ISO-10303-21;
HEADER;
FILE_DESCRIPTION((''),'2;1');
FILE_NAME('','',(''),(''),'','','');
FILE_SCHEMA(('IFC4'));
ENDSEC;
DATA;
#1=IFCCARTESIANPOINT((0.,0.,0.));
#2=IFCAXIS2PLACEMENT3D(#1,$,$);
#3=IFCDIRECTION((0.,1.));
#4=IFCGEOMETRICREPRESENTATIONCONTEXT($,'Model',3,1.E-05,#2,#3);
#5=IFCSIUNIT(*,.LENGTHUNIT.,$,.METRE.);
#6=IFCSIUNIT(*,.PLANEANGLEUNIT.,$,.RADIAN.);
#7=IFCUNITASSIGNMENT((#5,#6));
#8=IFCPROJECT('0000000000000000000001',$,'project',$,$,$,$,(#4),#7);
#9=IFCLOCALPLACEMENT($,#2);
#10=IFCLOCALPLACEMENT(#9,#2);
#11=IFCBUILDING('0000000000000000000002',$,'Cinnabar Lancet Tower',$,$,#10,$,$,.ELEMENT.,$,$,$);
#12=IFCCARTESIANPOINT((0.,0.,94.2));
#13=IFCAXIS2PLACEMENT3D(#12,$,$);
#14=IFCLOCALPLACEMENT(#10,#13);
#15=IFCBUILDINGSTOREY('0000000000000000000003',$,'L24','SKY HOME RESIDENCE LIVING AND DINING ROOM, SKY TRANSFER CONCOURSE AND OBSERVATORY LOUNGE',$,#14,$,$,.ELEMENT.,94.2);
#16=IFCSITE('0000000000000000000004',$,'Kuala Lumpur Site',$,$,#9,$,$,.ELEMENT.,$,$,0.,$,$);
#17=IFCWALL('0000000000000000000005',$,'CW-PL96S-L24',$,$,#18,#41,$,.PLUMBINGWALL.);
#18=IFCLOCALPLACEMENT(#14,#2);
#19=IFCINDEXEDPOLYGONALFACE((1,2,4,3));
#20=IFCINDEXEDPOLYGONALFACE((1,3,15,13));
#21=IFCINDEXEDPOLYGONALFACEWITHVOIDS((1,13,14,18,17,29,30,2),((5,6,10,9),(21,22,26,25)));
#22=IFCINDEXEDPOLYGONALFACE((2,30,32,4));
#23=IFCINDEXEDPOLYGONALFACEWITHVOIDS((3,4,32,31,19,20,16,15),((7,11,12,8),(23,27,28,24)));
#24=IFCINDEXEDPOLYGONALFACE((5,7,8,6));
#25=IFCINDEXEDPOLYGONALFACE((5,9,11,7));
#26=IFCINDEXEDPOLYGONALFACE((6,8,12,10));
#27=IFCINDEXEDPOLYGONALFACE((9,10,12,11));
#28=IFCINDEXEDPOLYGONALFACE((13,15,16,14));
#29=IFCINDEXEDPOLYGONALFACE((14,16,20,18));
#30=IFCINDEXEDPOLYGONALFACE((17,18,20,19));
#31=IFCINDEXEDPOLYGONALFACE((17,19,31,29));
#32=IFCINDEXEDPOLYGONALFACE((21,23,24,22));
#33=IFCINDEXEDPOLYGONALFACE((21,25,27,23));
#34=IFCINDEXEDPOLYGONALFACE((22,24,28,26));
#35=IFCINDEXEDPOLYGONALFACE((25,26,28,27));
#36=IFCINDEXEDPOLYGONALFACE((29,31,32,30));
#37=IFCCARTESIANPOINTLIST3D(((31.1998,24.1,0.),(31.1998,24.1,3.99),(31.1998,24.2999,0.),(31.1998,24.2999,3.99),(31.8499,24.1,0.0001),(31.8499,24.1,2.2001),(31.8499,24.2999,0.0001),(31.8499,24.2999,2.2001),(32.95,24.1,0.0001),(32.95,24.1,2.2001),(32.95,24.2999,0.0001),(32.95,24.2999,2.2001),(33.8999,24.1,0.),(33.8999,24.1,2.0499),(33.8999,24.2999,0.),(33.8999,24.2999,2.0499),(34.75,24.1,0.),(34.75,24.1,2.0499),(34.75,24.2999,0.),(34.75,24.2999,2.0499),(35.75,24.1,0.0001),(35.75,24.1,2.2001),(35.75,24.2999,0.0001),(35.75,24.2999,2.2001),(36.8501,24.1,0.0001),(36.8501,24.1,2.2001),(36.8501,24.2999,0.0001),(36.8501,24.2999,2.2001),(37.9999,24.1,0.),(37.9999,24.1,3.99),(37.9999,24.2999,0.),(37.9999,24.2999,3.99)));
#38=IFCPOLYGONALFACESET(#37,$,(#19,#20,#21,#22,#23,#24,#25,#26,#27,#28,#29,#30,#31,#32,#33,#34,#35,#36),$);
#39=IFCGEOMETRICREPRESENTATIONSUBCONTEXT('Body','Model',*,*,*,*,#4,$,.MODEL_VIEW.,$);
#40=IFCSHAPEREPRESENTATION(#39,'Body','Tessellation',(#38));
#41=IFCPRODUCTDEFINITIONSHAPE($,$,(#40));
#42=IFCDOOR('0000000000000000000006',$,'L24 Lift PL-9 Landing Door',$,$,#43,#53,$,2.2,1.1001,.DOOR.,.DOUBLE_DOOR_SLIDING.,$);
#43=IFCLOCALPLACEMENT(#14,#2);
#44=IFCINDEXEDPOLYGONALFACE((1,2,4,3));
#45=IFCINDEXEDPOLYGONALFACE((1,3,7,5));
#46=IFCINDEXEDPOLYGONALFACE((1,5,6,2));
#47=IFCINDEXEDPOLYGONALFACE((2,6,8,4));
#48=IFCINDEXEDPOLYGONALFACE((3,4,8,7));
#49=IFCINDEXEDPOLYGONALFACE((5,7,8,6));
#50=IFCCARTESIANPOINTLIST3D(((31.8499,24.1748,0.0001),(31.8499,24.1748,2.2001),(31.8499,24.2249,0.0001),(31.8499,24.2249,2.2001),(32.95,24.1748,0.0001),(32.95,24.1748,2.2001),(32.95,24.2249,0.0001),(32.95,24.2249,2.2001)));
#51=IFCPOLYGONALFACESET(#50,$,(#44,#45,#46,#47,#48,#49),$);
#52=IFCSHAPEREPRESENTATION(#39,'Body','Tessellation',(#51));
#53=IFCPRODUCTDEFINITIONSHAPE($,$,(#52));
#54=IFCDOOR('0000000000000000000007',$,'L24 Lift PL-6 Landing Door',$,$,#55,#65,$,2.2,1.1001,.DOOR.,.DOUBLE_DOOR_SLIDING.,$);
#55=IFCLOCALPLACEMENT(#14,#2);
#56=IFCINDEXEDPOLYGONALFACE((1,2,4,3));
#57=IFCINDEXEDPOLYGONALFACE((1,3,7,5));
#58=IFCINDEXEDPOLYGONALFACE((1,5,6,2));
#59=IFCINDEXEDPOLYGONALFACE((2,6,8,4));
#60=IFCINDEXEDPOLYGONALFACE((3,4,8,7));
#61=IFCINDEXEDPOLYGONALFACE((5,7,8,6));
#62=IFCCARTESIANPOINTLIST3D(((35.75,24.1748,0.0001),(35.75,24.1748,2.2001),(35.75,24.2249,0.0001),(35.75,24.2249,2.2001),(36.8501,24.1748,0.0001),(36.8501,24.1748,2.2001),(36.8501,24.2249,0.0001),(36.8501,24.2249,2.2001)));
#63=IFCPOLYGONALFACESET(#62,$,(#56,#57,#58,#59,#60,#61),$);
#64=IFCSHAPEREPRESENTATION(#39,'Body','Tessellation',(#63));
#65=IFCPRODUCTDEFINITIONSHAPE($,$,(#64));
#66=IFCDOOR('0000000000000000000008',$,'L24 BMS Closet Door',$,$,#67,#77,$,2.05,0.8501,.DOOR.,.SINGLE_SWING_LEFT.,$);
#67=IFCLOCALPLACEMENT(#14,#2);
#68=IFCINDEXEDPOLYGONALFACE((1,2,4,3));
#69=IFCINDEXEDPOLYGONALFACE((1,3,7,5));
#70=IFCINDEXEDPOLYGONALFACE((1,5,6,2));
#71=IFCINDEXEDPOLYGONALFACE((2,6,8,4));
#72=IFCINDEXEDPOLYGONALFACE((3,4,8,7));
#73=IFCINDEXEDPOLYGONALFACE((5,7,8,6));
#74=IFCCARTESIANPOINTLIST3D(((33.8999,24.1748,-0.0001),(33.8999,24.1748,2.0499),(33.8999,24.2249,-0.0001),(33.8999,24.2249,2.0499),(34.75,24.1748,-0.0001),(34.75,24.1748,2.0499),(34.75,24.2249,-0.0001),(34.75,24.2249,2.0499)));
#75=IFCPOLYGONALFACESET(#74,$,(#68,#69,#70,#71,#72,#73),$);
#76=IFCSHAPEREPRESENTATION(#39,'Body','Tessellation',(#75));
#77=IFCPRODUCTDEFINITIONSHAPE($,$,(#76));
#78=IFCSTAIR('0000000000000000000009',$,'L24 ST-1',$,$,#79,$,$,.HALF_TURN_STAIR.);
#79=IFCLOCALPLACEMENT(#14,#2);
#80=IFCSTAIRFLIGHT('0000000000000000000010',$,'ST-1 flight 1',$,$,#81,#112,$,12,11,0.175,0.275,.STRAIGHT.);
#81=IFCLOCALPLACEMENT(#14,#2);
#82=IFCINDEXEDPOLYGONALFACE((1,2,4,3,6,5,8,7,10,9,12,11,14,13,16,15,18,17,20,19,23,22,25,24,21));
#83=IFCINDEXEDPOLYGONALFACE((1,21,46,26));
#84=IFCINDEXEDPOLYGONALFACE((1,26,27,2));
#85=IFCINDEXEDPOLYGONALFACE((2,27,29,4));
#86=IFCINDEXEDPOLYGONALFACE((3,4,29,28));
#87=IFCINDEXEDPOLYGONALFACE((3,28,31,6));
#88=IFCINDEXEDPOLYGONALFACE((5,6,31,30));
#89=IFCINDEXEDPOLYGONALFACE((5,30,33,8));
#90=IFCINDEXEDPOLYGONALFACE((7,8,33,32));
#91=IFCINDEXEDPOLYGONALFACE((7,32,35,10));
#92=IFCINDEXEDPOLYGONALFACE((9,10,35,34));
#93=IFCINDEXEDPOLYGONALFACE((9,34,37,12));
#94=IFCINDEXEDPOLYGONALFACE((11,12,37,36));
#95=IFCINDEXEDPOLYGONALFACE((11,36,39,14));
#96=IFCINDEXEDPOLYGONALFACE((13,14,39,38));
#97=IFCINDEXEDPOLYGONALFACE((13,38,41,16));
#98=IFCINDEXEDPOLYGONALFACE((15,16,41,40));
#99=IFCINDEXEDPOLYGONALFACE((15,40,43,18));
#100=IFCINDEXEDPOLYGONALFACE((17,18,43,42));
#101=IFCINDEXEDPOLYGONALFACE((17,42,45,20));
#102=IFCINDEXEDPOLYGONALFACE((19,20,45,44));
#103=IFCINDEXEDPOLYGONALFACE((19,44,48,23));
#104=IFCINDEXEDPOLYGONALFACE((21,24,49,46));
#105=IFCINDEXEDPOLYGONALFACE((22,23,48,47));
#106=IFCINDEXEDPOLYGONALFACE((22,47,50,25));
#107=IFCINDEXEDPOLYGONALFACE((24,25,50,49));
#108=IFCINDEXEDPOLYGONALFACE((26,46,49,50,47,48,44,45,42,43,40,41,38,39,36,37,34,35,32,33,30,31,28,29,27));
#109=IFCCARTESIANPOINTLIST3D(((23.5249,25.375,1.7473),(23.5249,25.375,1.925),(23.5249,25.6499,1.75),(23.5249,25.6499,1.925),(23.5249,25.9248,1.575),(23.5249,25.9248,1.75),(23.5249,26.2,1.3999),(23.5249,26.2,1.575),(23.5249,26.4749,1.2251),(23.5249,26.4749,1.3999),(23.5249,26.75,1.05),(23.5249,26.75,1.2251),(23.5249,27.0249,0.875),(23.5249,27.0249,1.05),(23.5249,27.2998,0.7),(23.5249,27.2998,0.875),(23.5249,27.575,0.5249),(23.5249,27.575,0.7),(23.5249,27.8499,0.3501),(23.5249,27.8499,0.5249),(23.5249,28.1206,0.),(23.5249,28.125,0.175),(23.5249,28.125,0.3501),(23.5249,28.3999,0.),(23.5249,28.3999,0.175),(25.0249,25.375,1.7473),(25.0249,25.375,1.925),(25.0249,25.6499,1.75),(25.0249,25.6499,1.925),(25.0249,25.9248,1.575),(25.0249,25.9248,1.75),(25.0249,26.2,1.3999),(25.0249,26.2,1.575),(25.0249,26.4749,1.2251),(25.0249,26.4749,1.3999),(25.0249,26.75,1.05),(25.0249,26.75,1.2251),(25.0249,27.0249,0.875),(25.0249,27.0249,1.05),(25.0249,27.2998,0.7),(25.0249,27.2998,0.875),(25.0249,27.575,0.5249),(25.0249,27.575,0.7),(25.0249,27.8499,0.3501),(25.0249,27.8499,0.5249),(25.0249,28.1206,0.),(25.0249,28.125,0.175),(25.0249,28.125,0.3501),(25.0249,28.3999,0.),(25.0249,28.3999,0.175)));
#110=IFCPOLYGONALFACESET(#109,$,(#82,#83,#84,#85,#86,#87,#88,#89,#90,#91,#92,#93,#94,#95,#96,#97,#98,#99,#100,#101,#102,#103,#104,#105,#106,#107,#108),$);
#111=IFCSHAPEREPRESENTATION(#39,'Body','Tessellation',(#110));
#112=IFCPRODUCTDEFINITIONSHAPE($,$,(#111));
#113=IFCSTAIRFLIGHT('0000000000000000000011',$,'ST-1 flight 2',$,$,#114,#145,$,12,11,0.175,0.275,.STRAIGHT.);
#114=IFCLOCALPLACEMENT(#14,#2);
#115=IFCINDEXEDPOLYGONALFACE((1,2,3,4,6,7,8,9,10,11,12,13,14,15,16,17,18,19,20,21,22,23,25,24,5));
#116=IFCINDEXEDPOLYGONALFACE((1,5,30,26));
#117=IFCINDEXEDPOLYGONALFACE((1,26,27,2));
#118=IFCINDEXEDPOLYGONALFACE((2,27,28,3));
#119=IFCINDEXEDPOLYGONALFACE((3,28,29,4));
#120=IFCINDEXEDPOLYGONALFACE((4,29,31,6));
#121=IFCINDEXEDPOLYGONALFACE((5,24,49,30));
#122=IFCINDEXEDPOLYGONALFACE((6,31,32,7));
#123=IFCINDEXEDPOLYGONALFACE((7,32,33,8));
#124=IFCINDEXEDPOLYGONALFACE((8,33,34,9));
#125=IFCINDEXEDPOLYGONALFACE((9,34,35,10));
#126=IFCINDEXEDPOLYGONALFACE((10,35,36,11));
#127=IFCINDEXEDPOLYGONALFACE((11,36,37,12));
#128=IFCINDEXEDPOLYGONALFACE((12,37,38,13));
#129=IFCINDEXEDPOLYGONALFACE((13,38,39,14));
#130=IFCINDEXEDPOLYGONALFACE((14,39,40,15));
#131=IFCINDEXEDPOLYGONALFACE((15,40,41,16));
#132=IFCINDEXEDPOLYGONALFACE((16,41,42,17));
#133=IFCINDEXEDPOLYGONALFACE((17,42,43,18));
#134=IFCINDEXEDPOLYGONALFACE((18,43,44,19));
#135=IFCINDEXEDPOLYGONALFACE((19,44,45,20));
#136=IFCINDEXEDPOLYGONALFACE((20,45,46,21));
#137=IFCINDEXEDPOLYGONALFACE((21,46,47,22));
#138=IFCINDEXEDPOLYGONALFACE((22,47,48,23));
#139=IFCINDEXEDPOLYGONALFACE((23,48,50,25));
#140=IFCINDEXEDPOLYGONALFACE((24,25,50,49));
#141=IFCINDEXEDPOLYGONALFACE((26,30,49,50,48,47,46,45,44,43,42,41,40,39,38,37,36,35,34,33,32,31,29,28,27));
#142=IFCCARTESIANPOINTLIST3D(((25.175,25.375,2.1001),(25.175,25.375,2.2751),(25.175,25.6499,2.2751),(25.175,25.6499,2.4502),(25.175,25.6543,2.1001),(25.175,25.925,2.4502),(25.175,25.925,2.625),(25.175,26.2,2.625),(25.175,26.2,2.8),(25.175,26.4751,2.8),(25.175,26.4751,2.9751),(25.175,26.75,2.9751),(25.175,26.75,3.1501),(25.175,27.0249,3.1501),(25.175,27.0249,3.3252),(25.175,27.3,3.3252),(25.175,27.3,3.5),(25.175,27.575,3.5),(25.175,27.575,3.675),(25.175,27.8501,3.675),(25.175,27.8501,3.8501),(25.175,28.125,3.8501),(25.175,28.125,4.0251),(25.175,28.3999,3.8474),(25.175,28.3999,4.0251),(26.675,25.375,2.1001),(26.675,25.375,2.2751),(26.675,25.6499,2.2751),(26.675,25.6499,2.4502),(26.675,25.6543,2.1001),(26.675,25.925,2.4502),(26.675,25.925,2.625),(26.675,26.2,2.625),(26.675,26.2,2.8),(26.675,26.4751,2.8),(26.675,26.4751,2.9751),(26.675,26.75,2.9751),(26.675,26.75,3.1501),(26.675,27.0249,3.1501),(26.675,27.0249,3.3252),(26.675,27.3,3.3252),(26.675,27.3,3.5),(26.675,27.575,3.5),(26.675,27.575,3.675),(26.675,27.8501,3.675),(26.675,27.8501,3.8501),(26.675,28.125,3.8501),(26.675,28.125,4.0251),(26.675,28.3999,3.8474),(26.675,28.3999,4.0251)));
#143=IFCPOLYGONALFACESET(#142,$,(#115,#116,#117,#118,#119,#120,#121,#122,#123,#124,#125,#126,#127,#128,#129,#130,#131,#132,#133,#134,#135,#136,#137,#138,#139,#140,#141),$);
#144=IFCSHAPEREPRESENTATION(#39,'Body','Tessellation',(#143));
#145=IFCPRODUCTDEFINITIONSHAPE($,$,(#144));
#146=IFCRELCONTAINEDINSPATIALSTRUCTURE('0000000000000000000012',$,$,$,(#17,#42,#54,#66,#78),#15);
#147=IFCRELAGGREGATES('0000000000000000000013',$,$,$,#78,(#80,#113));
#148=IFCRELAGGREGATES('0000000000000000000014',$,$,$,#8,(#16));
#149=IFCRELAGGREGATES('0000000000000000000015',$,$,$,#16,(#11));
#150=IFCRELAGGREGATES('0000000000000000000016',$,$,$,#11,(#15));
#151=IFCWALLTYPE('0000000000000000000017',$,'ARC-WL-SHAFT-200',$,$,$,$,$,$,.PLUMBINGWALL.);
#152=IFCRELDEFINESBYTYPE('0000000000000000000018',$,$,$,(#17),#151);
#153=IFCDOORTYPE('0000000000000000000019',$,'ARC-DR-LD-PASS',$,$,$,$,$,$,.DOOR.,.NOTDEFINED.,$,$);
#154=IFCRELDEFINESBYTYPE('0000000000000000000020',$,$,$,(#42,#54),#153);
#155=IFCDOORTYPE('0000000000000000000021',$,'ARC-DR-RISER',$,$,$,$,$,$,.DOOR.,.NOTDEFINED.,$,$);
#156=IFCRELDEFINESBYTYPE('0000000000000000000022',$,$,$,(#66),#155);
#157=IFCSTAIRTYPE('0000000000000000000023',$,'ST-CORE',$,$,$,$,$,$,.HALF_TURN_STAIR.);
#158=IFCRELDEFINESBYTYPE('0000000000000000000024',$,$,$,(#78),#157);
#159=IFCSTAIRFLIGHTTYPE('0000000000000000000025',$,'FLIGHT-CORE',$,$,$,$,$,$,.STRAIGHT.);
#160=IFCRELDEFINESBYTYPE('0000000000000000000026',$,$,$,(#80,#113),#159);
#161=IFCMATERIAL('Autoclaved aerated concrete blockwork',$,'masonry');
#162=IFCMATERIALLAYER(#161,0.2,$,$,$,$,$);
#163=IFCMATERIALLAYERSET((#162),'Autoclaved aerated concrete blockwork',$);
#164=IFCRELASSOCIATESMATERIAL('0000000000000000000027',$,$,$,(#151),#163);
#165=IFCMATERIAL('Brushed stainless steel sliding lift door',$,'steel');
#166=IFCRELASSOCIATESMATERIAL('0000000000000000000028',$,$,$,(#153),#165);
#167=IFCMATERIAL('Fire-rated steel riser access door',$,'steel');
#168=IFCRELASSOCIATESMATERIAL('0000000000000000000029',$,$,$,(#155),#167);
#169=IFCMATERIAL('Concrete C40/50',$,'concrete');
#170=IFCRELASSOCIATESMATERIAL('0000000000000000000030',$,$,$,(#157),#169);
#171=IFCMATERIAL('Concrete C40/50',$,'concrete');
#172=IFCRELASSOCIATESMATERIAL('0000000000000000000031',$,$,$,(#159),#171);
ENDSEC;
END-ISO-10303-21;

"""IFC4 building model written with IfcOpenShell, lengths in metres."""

from ifc_helpers import new_model, si_unit, direction, frame, frame_2d, origin, place, context, subcontext, project, spatial, polyline, rectangle, outline, extrude, material, layer, layer_set, type_object, element, fill, aggregate, save


model = new_model("IFC4")

# Units and contexts
model_context = context("Model", 3, precision=1e-05, world=origin(), true_north=direction((0.0, 1.0)))
body_context = subcontext(model_context, "Body", "Model", "MODEL_VIEW")
ifc_project = project(units=[si_unit("LENGTHUNIT", "METRE"), si_unit("PLANEANGLEUNIT", "RADIAN")], contexts=[model_context])

# Site, building, storey
site_placement = place(None, origin())
site = spatial("IfcSite", under=ifc_project, at=site_placement, Name="Kuala Lumpur Site", CompositionType="ELEMENT", RefElevation=0.0)
building_placement = place(site_placement, origin())
building = spatial("IfcBuilding", under=site, at=building_placement, Name="Cinnabar Lancet Tower", CompositionType="ELEMENT")
storey_placement = place(building_placement, frame((0.0, 0.0, 94.2)))
storey = spatial("IfcBuildingStorey", under=building, at=storey_placement, Name="L24", Description="SKY HOME RESIDENCE LIVING AND DINING ROOM, SKY TRANSFER CONCOURSE AND OBSERVATORY LOUNGE", CompositionType="ELEMENT", Elevation=94.2)

# Shared definitions
ifc_material_1 = material(Name="Autoclaved aerated concrete blockwork", Category="masonry")
ifc_layer = layer(ifc_material_1, 0.2)
ifc_layer_set = layer_set([ifc_layer], Name="Autoclaved aerated concrete blockwork")
wall_type = type_object("IfcWallType", Name="ARC-WL-SHAFT-200", PredefinedType="PLUMBINGWALL", material=ifc_layer_set)

# Shared definitions
ifc_material_2 = material(Name="Brushed stainless steel sliding lift door", Category="steel")
door_type_1 = type_object("IfcDoorType", Name="ARC-DR-LD-PASS", OperationType="NOTDEFINED", PredefinedType="DOOR", material=ifc_material_2)

# Wall, openings, doors
wall_1_placement = place(storey_placement, frame((31.2, 24.2, 0.0), z_axis=(0.0, 0.0, 1.0), x_axis=(1.0, 0.0, 0.0)))
wall_1 = element("IfcWall", 1, at=wall_1_placement, inside=storey, type_object=wall_type, Name="CW-PL96S-L24", PredefinedType="PLUMBINGWALL", context=body_context, shape_type="SweptSolid", body=[
    extrude(rectangle(XDim=6.8, YDim=0.2, at=frame_2d((3.3999, 0.0))), origin(), (0.0, 0.0, 1.0), 3.99),
])
opening_1_placement = place(wall_1_placement, frame((0.6499, 0.0, 0.0)))
opening_1 = element("IfcOpeningElement", 2, at=opening_1_placement, cuts=wall_1, PredefinedType="OPENING", context=body_context, shape_type="SweptSolid", body=[
    extrude(rectangle(XDim=1.1001, YDim=2.2, at=frame_2d((0.55, 1.1001))), frame((0.0, 0.1099, 0.0), z_axis=(0.0, -1.0, 0.0), x_axis=(1.0, 0.0, 0.0)), (0.0, 0.0, 1.0), 0.22),
])
opening_2_placement = place(wall_1_placement, frame((2.7, 0.0, 0.0)))
opening_2 = element("IfcOpeningElement", 3, at=opening_2_placement, cuts=wall_1, PredefinedType="OPENING", context=body_context, shape_type="SweptSolid", body=[
    extrude(rectangle(XDim=0.8501, YDim=2.05, at=frame_2d((0.425, 1.0249))), frame((0.0, 0.1099, 0.0), z_axis=(0.0, -1.0, 0.0), x_axis=(1.0, 0.0, 0.0)), (0.0, 0.0, 1.0), 0.22),
])
opening_3_placement = place(wall_1_placement, frame((4.55, 0.0, 0.0)))
opening_3 = element("IfcOpeningElement", 4, at=opening_3_placement, cuts=wall_1, PredefinedType="OPENING", context=body_context, shape_type="SweptSolid", body=[
    extrude(rectangle(XDim=1.1001, YDim=2.2, at=frame_2d((0.55, 1.1001))), frame((0.0, 0.1099, 0.0), z_axis=(0.0, -1.0, 0.0), x_axis=(1.0, 0.0, 0.0)), (0.0, 0.0, 1.0), 0.22),
])
door_1_placement = place(opening_1_placement, origin())
door_1 = element("IfcDoor", 5, at=door_1_placement, inside=storey, type_object=door_type_1, Name="L24 Lift PL-9 Landing Door", OperationType="DOUBLE_DOOR_SLIDING", OverallHeight=2.2, OverallWidth=1.1001, PredefinedType="DOOR", context=body_context, shape_type="SweptSolid", body=[
    extrude(rectangle(XDim=1.1001, YDim=2.2, at=frame_2d((0.55, 1.1001))), frame((0.0, 0.0249, 0.0), z_axis=(0.0, -1.0, 0.0), x_axis=(1.0, 0.0, 0.0)), (0.0, 0.0, 1.0), 0.05),
])
fill(opening_1, door_1)
door_2_placement = place(opening_3_placement, origin())
door_2 = element("IfcDoor", 6, at=door_2_placement, inside=storey, type_object=door_type_1, Name="L24 Lift PL-6 Landing Door", OperationType="DOUBLE_DOOR_SLIDING", OverallHeight=2.2, OverallWidth=1.1001, PredefinedType="DOOR", context=body_context, shape_type="SweptSolid", body=[
    extrude(rectangle(XDim=1.1001, YDim=2.2, at=frame_2d((0.55, 1.1001))), frame((0.0, 0.0249, 0.0), z_axis=(0.0, -1.0, 0.0), x_axis=(1.0, 0.0, 0.0)), (0.0, 0.0, 1.0), 0.05),
])
fill(opening_3, door_2)
ifc_material_3 = material(Name="Fire-rated steel riser access door", Category="steel")
door_type_2 = type_object("IfcDoorType", Name="ARC-DR-RISER", OperationType="NOTDEFINED", PredefinedType="DOOR", material=ifc_material_3)
door_3_placement = place(opening_2_placement, origin())
door_3 = element("IfcDoor", 7, at=door_3_placement, inside=storey, type_object=door_type_2, Name="L24 BMS Closet Door", OperationType="SINGLE_SWING_LEFT", OverallHeight=2.05, OverallWidth=0.8501, PredefinedType="DOOR", context=body_context, shape_type="SweptSolid", body=[
    extrude(rectangle(XDim=0.8501, YDim=2.05, at=frame_2d((0.425, 1.0249))), frame((0.0, 0.0249, 0.0), z_axis=(0.0, -1.0, 0.0), x_axis=(1.0, 0.0, 0.0)), (0.0, 0.0, 1.0), 0.05),
])
fill(opening_2, door_3)

# Stair, stair flights
ifc_material_4 = material(Name="Concrete C40/50", Category="concrete")
stair_type = type_object("IfcStairType", Name="ST-CORE", PredefinedType="HALF_TURN_STAIR", material=ifc_material_4)
stair_placement = place(storey_placement, origin())
stair = element("IfcStair", 8, at=stair_placement, inside=storey, type_object=stair_type, Name="L24 ST-1", PredefinedType="HALF_TURN_STAIR")
ifc_material_5 = material(Name="Concrete C40/50", Category="concrete")
stair_flight_type = type_object("IfcStairFlightType", Name="FLIGHT-CORE", PredefinedType="STRAIGHT", material=ifc_material_5)
stair_flight_1_placement = place(storey_placement, frame((24.2749, 28.3999, 0.0), z_axis=(0.0, 0.0, 1.0), x_axis=(0.0, -1.0, 0.0)))
stair_flight_1 = element("IfcStairFlight", 9, at=stair_flight_1_placement, type_object=stair_flight_type, Name="ST-1 flight 1", NumberOfRisers=12, NumberOfTreads=11, PredefinedType="STRAIGHT", RiserHeight=0.175, TreadLength=0.275, context=body_context, shape_type="SweptSolid", body=[
    extrude(outline(polyline([(0.0, 0.0), (0.0, 0.175), (0.2749, 0.175), (0.2749, 0.3501), (0.55, 0.3501), (0.55, 0.5249), (0.825, 0.5249), (0.825, 0.7), (1.1001, 0.7), (1.1001, 0.875), (1.375, 0.875), (1.375, 1.05), (1.6499, 1.05), (1.6499, 1.2251), (1.925, 1.2251), (1.925, 1.3999), (2.2, 1.3999), (2.2, 1.575), (2.4751, 1.575), (2.4751, 1.75), (2.75, 1.75), (2.75, 1.925), (3.0249, 1.925), (3.0249, 2.1001), (3.0249, 1.7473), (0.2793, 0.0), (0.0, 0.0)])), frame((0.0, 0.75, 0.0), z_axis=(0.0, -1.0, 0.0), x_axis=(1.0, 0.0, 0.0)), (0.0, 0.0, 1.0), 1.5),
])
stair_flight_2_placement = place(storey_placement, frame((25.925, 25.375, 2.1001), z_axis=(0.0, 0.0, 1.0), x_axis=(0.0, 1.0, 0.0)))
stair_flight_2 = element("IfcStairFlight", 10, at=stair_flight_2_placement, type_object=stair_flight_type, Name="ST-1 flight 2", NumberOfRisers=12, NumberOfTreads=11, PredefinedType="STRAIGHT", RiserHeight=0.175, TreadLength=0.275, context=body_context, shape_type="SweptSolid", body=[
    extrude(outline(polyline([(0.0, 0.0), (0.0, 0.175), (0.2749, 0.175), (0.2749, 0.3501), (0.55, 0.3501), (0.55, 0.5249), (0.825, 0.5249), (0.825, 0.7), (1.1001, 0.7), (1.1001, 0.875), (1.375, 0.875), (1.375, 1.05), (1.6499, 1.05), (1.6499, 1.2251), (1.925, 1.2251), (1.925, 1.3999), (2.2, 1.3999), (2.2, 1.575), (2.4751, 1.575), (2.4751, 1.75), (2.75, 1.75), (2.75, 1.925), (3.0249, 1.925), (3.0249, 2.1001), (3.0249, 1.7473), (0.2793, 0.0), (0.0, 0.0)])), frame((0.0, 0.75, 0.0), z_axis=(0.0, -1.0, 0.0), x_axis=(1.0, 0.0, 0.0)), (0.0, 0.0, 1.0), 1.5),
])
aggregate(stair, [stair_flight_1, stair_flight_2])

save(model, "model.ifc")
